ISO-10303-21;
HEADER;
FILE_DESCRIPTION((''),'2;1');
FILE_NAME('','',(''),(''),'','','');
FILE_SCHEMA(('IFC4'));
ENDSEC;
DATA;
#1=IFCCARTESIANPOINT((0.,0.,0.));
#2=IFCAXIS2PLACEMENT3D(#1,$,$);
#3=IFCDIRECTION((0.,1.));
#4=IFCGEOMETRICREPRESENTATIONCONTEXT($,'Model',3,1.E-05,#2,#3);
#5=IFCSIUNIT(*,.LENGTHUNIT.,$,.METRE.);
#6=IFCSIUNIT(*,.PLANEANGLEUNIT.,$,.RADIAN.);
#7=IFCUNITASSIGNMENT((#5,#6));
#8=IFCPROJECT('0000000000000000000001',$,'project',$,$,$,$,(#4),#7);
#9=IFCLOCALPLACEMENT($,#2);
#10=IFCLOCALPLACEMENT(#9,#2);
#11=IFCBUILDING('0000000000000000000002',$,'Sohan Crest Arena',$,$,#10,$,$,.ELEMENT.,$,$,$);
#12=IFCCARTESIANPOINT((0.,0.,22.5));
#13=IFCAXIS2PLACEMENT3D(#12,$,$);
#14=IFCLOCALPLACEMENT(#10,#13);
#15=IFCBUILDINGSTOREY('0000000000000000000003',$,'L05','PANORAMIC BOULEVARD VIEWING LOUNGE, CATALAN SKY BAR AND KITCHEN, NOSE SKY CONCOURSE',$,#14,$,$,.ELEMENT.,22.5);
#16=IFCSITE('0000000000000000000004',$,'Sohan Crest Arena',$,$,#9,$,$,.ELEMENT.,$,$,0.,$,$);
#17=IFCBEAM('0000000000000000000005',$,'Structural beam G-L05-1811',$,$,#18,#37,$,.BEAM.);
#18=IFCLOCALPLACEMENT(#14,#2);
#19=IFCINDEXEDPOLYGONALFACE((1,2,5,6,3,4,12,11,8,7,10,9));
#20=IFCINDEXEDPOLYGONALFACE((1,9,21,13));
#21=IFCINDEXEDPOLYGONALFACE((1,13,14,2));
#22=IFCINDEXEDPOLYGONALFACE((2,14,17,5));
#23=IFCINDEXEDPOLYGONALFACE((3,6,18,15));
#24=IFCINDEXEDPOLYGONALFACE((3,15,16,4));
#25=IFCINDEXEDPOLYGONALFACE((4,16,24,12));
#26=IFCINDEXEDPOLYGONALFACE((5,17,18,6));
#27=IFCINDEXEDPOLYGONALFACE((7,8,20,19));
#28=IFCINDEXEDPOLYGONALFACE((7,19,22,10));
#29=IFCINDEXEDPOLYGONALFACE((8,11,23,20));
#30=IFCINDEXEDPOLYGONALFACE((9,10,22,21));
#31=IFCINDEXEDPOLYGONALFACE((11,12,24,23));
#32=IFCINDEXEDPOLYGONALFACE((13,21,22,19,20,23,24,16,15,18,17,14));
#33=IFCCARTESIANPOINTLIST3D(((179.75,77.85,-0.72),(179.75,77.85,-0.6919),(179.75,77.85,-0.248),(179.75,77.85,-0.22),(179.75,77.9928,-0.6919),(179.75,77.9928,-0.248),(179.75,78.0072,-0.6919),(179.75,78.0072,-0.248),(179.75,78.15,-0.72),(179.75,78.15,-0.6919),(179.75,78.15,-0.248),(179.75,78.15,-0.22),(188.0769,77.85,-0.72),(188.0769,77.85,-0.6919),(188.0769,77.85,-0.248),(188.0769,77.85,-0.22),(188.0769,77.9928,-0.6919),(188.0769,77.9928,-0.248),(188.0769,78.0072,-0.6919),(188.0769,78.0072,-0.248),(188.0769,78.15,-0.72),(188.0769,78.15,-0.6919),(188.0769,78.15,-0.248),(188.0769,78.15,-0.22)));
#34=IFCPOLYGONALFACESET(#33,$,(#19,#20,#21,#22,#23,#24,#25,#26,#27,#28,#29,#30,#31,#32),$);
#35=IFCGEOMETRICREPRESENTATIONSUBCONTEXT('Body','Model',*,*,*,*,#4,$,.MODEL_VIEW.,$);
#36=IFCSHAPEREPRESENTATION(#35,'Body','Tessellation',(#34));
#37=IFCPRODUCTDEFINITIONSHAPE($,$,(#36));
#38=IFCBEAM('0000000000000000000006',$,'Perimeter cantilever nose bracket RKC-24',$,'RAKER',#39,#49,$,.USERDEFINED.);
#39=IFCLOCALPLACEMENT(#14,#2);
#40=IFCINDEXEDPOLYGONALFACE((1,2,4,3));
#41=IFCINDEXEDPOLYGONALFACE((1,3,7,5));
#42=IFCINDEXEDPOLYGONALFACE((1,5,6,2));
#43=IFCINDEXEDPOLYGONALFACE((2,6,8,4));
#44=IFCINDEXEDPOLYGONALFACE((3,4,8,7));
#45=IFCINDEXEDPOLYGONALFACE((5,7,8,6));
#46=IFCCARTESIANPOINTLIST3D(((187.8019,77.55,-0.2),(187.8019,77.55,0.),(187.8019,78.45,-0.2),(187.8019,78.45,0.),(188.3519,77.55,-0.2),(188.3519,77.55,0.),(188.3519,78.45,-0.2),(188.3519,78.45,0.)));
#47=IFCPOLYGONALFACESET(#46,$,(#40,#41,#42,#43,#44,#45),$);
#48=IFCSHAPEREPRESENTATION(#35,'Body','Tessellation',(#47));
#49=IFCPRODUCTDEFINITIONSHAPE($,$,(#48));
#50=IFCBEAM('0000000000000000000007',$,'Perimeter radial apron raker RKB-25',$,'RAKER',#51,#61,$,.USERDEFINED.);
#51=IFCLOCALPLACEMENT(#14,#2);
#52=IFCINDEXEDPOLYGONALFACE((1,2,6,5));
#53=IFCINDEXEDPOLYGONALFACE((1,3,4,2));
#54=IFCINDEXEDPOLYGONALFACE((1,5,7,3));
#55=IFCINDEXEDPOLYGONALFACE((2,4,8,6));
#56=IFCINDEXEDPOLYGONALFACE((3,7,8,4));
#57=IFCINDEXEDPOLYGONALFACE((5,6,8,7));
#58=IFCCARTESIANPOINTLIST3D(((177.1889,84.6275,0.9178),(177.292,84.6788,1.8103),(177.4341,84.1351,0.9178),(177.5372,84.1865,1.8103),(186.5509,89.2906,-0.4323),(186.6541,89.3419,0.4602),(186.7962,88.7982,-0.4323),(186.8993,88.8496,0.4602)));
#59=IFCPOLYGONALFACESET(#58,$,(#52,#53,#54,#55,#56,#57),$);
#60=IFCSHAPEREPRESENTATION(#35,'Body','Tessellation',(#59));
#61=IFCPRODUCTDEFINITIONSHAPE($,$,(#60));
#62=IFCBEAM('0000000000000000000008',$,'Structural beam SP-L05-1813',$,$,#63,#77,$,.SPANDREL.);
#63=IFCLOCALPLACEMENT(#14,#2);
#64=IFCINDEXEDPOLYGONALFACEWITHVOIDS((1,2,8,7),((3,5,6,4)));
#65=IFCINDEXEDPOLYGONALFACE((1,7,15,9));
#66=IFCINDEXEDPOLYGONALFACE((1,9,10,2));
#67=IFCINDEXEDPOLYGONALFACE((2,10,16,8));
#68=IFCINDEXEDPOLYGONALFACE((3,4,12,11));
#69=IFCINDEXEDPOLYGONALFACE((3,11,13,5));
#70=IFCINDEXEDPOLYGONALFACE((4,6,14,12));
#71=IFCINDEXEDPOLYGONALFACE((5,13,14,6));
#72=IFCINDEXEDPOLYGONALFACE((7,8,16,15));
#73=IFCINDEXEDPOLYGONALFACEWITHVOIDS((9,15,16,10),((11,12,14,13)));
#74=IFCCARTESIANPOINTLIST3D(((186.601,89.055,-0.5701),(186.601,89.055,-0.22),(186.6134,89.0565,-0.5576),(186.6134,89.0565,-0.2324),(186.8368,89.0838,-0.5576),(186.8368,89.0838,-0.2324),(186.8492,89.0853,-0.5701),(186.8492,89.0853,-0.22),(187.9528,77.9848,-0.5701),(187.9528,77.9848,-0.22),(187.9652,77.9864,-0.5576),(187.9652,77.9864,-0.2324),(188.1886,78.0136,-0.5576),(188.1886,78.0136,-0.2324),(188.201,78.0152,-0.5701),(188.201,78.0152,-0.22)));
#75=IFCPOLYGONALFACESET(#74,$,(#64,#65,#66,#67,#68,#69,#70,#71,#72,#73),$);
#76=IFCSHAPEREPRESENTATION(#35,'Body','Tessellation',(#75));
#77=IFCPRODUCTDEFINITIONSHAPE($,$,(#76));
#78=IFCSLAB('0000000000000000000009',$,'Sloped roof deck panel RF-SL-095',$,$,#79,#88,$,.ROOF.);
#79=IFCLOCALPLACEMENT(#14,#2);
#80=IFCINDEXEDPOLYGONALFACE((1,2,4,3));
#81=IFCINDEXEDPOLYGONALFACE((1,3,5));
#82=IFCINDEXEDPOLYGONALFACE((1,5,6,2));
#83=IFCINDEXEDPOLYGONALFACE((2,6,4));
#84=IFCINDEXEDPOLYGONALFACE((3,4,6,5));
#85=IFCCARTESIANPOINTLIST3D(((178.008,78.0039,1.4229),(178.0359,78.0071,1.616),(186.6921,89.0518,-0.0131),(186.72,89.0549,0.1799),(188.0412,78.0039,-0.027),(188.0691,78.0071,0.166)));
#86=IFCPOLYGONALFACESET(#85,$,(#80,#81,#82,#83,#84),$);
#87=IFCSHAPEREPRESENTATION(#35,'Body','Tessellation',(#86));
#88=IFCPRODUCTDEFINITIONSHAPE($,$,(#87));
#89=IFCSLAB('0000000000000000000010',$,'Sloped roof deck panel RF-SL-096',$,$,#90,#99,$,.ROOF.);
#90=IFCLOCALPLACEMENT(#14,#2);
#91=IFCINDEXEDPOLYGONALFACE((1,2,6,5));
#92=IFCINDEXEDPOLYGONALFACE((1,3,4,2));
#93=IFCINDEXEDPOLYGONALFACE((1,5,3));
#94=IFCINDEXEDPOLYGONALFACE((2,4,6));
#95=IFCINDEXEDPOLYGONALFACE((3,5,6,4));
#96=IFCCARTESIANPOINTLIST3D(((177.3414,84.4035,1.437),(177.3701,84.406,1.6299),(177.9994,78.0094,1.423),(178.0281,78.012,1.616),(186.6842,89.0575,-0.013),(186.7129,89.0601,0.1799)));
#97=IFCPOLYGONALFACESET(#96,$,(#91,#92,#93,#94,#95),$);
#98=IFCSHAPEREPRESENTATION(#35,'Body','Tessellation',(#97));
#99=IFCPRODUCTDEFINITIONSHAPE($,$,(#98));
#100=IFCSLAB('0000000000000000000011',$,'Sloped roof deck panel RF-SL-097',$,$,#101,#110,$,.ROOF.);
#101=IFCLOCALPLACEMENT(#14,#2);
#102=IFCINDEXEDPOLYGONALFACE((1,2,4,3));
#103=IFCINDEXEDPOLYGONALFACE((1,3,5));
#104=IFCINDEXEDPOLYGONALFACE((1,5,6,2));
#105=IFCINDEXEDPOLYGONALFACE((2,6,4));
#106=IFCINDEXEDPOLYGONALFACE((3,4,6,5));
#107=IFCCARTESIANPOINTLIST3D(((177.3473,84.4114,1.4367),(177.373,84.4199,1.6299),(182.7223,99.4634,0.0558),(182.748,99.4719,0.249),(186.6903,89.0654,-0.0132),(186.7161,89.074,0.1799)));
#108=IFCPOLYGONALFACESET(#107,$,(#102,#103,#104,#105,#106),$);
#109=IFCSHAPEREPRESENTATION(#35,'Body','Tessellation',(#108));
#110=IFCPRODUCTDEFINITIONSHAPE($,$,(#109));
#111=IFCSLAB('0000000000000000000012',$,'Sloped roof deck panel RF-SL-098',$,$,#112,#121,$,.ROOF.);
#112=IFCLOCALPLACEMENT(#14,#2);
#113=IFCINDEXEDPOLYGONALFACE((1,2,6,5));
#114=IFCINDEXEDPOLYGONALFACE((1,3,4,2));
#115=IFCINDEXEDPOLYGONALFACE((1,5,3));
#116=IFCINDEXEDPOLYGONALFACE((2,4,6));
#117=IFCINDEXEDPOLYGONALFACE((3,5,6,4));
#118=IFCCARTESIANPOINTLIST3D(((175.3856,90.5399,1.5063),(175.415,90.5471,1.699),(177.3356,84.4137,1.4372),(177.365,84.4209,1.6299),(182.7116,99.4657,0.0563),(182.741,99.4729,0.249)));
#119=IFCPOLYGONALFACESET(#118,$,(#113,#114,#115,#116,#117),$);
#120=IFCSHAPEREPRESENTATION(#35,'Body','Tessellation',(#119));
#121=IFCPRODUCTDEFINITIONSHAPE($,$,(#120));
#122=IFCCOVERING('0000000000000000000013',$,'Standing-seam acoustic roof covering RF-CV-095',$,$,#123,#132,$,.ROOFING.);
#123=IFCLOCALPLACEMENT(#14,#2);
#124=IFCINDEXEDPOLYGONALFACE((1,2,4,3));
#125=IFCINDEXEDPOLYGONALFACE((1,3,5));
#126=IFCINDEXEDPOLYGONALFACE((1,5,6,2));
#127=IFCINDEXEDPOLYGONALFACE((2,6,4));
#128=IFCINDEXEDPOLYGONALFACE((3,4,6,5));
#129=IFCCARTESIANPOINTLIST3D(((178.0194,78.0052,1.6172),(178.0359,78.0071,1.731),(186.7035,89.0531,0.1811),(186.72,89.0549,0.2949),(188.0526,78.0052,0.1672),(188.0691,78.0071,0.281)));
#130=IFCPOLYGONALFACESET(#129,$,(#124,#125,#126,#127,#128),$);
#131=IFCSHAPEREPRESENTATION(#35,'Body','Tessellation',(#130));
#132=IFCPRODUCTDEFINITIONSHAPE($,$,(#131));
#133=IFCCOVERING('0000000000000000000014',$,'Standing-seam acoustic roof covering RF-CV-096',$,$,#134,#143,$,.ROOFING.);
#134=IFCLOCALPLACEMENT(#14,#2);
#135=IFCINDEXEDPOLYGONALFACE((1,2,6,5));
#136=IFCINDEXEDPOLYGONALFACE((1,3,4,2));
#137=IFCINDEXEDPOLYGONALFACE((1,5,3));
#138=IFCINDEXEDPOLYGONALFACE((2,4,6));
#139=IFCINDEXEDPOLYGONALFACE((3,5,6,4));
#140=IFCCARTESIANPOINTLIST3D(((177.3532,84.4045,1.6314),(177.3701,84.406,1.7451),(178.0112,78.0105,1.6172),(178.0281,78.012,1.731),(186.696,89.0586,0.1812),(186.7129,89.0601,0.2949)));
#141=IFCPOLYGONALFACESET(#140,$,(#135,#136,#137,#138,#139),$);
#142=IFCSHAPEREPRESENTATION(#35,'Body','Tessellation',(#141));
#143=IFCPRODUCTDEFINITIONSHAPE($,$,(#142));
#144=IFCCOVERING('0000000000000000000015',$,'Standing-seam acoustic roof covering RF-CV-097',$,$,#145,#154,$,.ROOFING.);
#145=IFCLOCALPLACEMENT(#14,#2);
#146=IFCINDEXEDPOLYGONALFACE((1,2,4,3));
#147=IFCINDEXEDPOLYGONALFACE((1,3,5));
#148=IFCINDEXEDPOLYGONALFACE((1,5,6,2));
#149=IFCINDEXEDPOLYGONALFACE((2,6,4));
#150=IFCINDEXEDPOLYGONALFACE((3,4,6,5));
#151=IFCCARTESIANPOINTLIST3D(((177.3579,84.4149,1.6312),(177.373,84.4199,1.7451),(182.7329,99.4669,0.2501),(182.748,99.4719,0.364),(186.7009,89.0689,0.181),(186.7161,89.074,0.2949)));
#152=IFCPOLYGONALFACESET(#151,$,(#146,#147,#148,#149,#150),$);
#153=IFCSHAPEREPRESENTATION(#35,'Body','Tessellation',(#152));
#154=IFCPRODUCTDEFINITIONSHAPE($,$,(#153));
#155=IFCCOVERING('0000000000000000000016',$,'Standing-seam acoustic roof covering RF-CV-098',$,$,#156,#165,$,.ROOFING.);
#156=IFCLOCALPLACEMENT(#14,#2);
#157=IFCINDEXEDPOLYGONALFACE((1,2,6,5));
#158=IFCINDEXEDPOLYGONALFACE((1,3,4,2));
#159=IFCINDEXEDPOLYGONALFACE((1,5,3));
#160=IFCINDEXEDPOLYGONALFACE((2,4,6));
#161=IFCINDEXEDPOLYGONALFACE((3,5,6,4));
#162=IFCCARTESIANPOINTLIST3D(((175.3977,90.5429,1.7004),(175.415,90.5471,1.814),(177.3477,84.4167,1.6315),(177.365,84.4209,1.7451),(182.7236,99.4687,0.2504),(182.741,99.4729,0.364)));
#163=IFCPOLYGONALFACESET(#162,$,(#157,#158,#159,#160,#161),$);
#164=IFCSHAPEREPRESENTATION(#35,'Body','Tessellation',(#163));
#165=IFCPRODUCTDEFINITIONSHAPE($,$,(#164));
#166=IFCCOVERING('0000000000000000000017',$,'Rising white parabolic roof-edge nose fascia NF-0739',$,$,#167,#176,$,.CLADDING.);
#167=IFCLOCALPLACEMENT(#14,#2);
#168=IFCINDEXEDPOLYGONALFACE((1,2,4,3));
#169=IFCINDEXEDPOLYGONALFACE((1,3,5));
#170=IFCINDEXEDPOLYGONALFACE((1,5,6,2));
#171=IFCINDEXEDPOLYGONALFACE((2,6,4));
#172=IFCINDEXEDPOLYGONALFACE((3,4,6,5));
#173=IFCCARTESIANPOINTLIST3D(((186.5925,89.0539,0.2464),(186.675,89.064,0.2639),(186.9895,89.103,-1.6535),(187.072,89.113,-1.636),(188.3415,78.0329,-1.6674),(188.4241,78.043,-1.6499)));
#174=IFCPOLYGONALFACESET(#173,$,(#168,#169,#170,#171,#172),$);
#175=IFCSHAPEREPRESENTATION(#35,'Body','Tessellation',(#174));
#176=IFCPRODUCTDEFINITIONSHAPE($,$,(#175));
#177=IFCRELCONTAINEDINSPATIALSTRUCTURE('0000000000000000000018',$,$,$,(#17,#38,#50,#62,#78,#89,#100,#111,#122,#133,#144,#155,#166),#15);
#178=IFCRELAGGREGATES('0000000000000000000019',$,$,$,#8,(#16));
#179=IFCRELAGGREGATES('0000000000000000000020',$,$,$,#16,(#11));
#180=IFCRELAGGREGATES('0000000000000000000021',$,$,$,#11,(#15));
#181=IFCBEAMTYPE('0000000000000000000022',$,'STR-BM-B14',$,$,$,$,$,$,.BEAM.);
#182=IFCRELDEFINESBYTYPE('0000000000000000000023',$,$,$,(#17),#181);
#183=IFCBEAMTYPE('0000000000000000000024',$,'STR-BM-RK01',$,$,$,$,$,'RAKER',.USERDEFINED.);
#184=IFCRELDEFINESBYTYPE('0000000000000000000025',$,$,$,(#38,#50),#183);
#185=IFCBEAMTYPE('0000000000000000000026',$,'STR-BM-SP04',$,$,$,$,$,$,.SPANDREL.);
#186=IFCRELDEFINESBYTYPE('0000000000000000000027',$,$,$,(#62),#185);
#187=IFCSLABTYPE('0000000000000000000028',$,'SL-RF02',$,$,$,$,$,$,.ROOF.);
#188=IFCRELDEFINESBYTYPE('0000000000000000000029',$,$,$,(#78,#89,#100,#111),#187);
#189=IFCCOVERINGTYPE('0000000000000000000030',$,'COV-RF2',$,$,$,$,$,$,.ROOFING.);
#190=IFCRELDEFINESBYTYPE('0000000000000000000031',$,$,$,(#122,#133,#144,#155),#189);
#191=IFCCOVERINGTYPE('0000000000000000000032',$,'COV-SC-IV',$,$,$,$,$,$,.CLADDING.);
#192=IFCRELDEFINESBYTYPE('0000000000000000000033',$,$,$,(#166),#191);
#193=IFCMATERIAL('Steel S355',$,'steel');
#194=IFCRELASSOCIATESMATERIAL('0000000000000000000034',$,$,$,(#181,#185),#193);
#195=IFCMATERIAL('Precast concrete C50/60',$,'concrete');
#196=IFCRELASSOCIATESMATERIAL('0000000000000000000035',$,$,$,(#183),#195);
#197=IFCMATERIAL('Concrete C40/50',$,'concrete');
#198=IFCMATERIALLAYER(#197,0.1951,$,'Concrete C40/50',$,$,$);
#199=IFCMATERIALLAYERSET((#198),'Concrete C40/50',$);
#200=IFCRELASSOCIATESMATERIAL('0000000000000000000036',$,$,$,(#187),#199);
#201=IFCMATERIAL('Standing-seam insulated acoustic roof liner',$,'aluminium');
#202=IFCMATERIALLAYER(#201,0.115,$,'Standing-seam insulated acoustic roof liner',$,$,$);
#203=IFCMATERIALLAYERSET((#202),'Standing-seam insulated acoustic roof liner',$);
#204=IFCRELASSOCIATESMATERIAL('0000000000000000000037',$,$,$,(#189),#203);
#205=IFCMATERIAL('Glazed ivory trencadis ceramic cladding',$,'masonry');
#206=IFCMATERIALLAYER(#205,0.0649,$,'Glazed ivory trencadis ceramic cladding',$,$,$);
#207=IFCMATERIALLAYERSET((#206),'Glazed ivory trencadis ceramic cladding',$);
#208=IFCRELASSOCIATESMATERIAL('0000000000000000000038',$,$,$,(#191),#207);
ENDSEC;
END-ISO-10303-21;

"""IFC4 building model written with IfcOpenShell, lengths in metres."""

from ifc_helpers import new_model, si_unit, direction, frame, origin, origin_2d, place, context, subcontext, project, spatial, polyline, rectangle, hollow_rectangle, i_section, outline, extrude, material, layer, layer_set, material_profile, profile_set, type_object, element, save


model = new_model("IFC4")

# Units and contexts
model_context = context("Model", 3, precision=1e-05, world=origin(), true_north=direction((0.0, 1.0)))
body_context = subcontext(model_context, "Body", "Model", "MODEL_VIEW")
ifc_project = project(units=[si_unit("LENGTHUNIT", "METRE"), si_unit("PLANEANGLEUNIT", "RADIAN")], contexts=[model_context])

# Site, building, storey
site_placement = place(None, origin())
site = spatial("IfcSite", under=ifc_project, at=site_placement, Name="Sohan Crest Arena", CompositionType="ELEMENT", RefElevation=0.0)
building_placement = place(site_placement, origin())
building = spatial("IfcBuilding", under=site, at=building_placement, Name="Sohan Crest Arena", CompositionType="ELEMENT")
storey_placement = place(building_placement, frame((0.0, 0.0, 22.5)))
storey = spatial("IfcBuildingStorey", under=building, at=storey_placement, Name="L05", Description="PANORAMIC BOULEVARD VIEWING LOUNGE, CATALAN SKY BAR AND KITCHEN, NOSE SKY CONCOURSE", CompositionType="ELEMENT", Elevation=22.5)

# Shared definitions
ifc_material_1 = material(Name="Concrete C40/50", Category="concrete")

# Beams
ifc_material_2 = material(Name="Steel S355", Category="steel")
ifc_material_profile_1 = material_profile(ifc_material_2, i_section(OverallWidth=0.3, OverallDepth=0.5, WebThickness=0.0144, FlangeThickness=0.0281, at=origin_2d()), Name="HEB 500")
ifc_profile_set_1 = profile_set([ifc_material_profile_1], Name="Steel S355")
beam_type_1 = type_object("IfcBeamType", Name="STR-BM-B14", PredefinedType="BEAM", material=ifc_profile_set_1)
beam_1_placement = place(storey_placement, frame((179.75, 78.0, -0.47), z_axis=(1.0, 0.0, 0.0), x_axis=(0.0, 1.0, 0.0)))
element("IfcBeam", 1, at=beam_1_placement, inside=storey, type_object=beam_type_1, Name="Structural beam G-L05-1811", PredefinedType="BEAM", context=body_context, shape_type="SweptSolid", body=[
    extrude(i_section(OverallWidth=0.3, OverallDepth=0.5, WebThickness=0.0144, FlangeThickness=0.0281, at=origin_2d()), origin(), (0.0, 0.0, 1.0), 8.3269),
])
ifc_material_3 = material(Name="Precast concrete C50/60", Category="concrete")
ifc_material_profile_2 = material_profile(ifc_material_3, rectangle(XDim=0.55, YDim=0.8999, at=origin_2d()), Name="RAKER 550x900")
ifc_profile_set_2 = profile_set([ifc_material_profile_2], Name="Precast concrete C50/60")
beam_type_2 = type_object("IfcBeamType", Name="STR-BM-RK01", ElementType="RAKER", PredefinedType="USERDEFINED", material=ifc_profile_set_2)
beam_2_placement = place(storey_placement, frame((188.0769, 78.0, 0.0), z_axis=(0.0, 0.0, -1.0), x_axis=(1.0, 0.0, 0.0)))
element("IfcBeam", 2, at=beam_2_placement, inside=storey, type_object=beam_type_2, Name="Perimeter cantilever nose bracket RKC-24", ObjectType="RAKER", PredefinedType="USERDEFINED", context=body_context, shape_type="SweptSolid", body=[
    extrude(rectangle(XDim=0.55, YDim=0.8999, at=origin_2d()), origin(), (0.0, 0.0, 1.0), 0.2),
])
beam_3_placement = place(storey_placement, frame((177.363, 84.407, 1.364), z_axis=(0.887747, 0.442172, -0.128021), x_axis=(-0.445841, 0.895112, 0.0)))
element("IfcBeam", 3, at=beam_3_placement, inside=storey, type_object=beam_type_2, Name="Perimeter radial apron raker RKB-25", ObjectType="RAKER", PredefinedType="USERDEFINED", context=body_context, shape_type="SweptSolid", body=[
    extrude(rectangle(XDim=0.55, YDim=0.8999, at=origin_2d()), origin(), (0.0, 0.0, 1.0), 10.5459),
])
ifc_material_profile_3 = material_profile(ifc_material_2, hollow_rectangle(XDim=0.25, YDim=0.3501, WallThickness=0.0125, at=origin_2d()), Name="RHS 350x250x12.5")
ifc_profile_set_3 = profile_set([ifc_material_profile_3], Name="Steel S355")
beam_type_3 = type_object("IfcBeamType", Name="STR-BM-SP04", PredefinedType="SPANDREL", material=ifc_profile_set_3)
beam_4_placement = place(storey_placement, frame((188.0769, 78.0, -0.395), z_axis=(-0.121213, 0.992626, 0.0), x_axis=(-0.992626, -0.121213, 0.0)))
element("IfcBeam", 4, at=beam_4_placement, inside=storey, type_object=beam_type_3, Name="Structural beam SP-L05-1813", PredefinedType="SPANDREL", context=body_context, shape_type="SweptSolid", body=[
    extrude(hollow_rectangle(XDim=0.25, YDim=0.3501, WallThickness=0.0125, at=origin_2d()), origin(), (0.0, 0.0, 1.0), 11.1523),
])

# Slabs
ifc_layer_1 = layer(ifc_material_1, 0.1951, Name="Concrete C40/50")
ifc_layer_set_1 = layer_set([ifc_layer_1], Name="Concrete C40/50")
slab_type = type_object("IfcSlabType", Name="SL-RF02", PredefinedType="ROOF", material=ifc_layer_set_1)
slab_1_placement = place(storey_placement, frame((178.0359, 78.0071, 1.616), z_axis=(0.143011, 0.016217, 0.989588), x_axis=(0.989718, 0.0, -0.143029)))
element("IfcSlab", 5, at=slab_1_placement, inside=storey, type_object=slab_type, Name="Sloped roof deck panel RF-SL-095", PredefinedType="ROOF", context=body_context, shape_type="SweptSolid", body=[
    extrude(outline(polyline([(0.0, 0.0), (10.1374, 0.0), (8.8002, 11.0493), (0.0, 0.0)])), origin(), (0.0, 0.0, -1.0), 0.1951),
])
slab_2_placement = place(storey_placement, frame((178.0281, 78.012, 1.616), z_axis=(0.147031, 0.012977, 0.989047), x_axis=(0.614803, 0.782101, -0.101658)))
element("IfcSlab", 6, at=slab_2_placement, inside=storey, type_object=slab_type, Name="Sloped roof deck panel RF-SL-096", PredefinedType="ROOF", context=body_context, shape_type="SweptSolid", body=[
    extrude(outline(polyline([(0.0, 0.0), (14.1262, 0.0), (4.5949, 4.4949), (0.0, 0.0)])), origin(), (0.0, 0.0, -1.0), 0.1951),
])
slab_3_placement = place(storey_placement, frame((177.373, 84.4199, 1.6299), z_axis=(0.131891, 0.043751, 0.990298), x_axis=(0.886582, 0.441635, -0.137589)))
element("IfcSlab", 7, at=slab_3_placement, inside=storey, type_object=slab_type, Name="Sloped roof deck panel RF-SL-097", PredefinedType="ROOF", context=body_context, shape_type="SweptSolid", body=[
    extrude(outline(polyline([(0.0, 0.0), (10.5382, 0.0), (11.6029, 11.0785), (0.0, 0.0)])), origin(), (0.0, 0.0, -1.0), 0.1951),
])
slab_4_placement = place(storey_placement, frame((177.365, 84.4209, 1.6299), z_axis=(0.150669, 0.036816, 0.987898), x_axis=(0.335103, 0.938242, -0.086074)))
element("IfcSlab", 8, at=slab_4_placement, inside=storey, type_object=slab_type, Name="Sloped roof deck panel RF-SL-098", PredefinedType="ROOF", context=body_context, shape_type="SweptSolid", body=[
    extrude(outline(polyline([(0.0, 0.0), (16.0428, 0.0), (5.0885, 3.93), (0.0, 0.0)])), origin(), (0.0, 0.0, -1.0), 0.1951),
])

# Coverings
ifc_material_4 = material(Name="Standing-seam insulated acoustic roof liner", Category="aluminium")
ifc_layer_2 = layer(ifc_material_4, 0.115, Name="Standing-seam insulated acoustic roof liner")
ifc_layer_set_2 = layer_set([ifc_layer_2], Name="Standing-seam insulated acoustic roof liner")
covering_type_1 = type_object("IfcCoveringType", Name="COV-RF2", PredefinedType="ROOFING", material=ifc_layer_set_2)
covering_1_placement = place(storey_placement, frame((178.0359, 78.0071, 1.731), z_axis=(0.143011, 0.016217, 0.989588), x_axis=(0.989718, 0.0, -0.143029)))
element("IfcCovering", 9, at=covering_1_placement, inside=storey, type_object=covering_type_1, Name="Standing-seam acoustic roof covering RF-CV-095", PredefinedType="ROOFING", context=body_context, shape_type="SweptSolid", body=[
    extrude(outline(polyline([(0.0, 0.0), (10.1374, 0.0), (8.8002, 11.0493), (0.0, 0.0)])), origin(), (0.0, 0.0, -1.0), 0.115),
])
covering_2_placement = place(storey_placement, frame((178.0281, 78.012, 1.731), z_axis=(0.147072, 0.012944, 0.989041), x_axis=(0.614803, 0.782101, -0.101658)))
element("IfcCovering", 10, at=covering_2_placement, inside=storey, type_object=covering_type_1, Name="Standing-seam acoustic roof covering RF-CV-096", PredefinedType="ROOFING", context=body_context, shape_type="SweptSolid", body=[
    extrude(outline(polyline([(0.0, 0.0), (14.1262, 0.0), (4.5948, 4.4949), (0.0, 0.0)])), origin(), (0.0, 0.0, -1.0), 0.115),
])
covering_3_placement = place(storey_placement, frame((177.373, 84.4199, 1.7451), z_axis=(0.131913, 0.04376, 0.990295), x_axis=(0.886579, 0.441633, -0.137612)))
element("IfcCovering", 11, at=covering_3_placement, inside=storey, type_object=covering_type_1, Name="Standing-seam acoustic roof covering RF-CV-097", PredefinedType="ROOFING", context=body_context, shape_type="SweptSolid", body=[
    extrude(outline(polyline([(0.0, 0.0), (10.5383, 0.0), (11.6029, 11.0785), (0.0, 0.0)])), origin(), (0.0, 0.0, -1.0), 0.115),
])
covering_4_placement = place(storey_placement, frame((177.365, 84.4209, 1.7451), z_axis=(0.150636, 0.036844, 0.987903), x_axis=(0.335102, 0.938241, -0.086089)))
element("IfcCovering", 12, at=covering_4_placement, inside=storey, type_object=covering_type_1, Name="Standing-seam acoustic roof covering RF-CV-098", PredefinedType="ROOFING", context=body_context, shape_type="SweptSolid", body=[
    extrude(outline(polyline([(0.0, 0.0), (16.0428, 0.0), (5.0885, 3.93), (0.0, 0.0)])), origin(), (0.0, 0.0, -1.0), 0.115),
])
ifc_material_5 = material(Name="Glazed ivory trencadis ceramic cladding", Category="masonry")
ifc_layer_3 = layer(ifc_material_5, 0.0649, Name="Glazed ivory trencadis ceramic cladding")
ifc_layer_set_3 = layer_set([ifc_layer_3], Name="Glazed ivory trencadis ceramic cladding")
covering_type_2 = type_object("IfcCoveringType", Name="COV-SC-IV", PredefinedType="CLADDING", material=ifc_layer_set_3)
covering_5_placement = place(storey_placement, frame((188.4241, 78.043, -1.6499), z_axis=(0.971362, 0.118379, 0.206017), x_axis=(-0.121235, 0.992623, 0.001248)))
element("IfcCovering", 13, at=covering_5_placement, inside=storey, type_object=covering_type_2, Name="Rising white parabolic roof-edge nose fascia NF-0739", PredefinedType="CLADDING", context=body_context, shape_type="SweptSolid", body=[
    extrude(outline(polyline([(0.0, 0.0), (11.1523, 0.0), (11.1541, 1.9416), (0.0, 0.0)])), origin(), (0.0, 0.0, -1.0), 0.085),
])

save(model, "model.ifc")
